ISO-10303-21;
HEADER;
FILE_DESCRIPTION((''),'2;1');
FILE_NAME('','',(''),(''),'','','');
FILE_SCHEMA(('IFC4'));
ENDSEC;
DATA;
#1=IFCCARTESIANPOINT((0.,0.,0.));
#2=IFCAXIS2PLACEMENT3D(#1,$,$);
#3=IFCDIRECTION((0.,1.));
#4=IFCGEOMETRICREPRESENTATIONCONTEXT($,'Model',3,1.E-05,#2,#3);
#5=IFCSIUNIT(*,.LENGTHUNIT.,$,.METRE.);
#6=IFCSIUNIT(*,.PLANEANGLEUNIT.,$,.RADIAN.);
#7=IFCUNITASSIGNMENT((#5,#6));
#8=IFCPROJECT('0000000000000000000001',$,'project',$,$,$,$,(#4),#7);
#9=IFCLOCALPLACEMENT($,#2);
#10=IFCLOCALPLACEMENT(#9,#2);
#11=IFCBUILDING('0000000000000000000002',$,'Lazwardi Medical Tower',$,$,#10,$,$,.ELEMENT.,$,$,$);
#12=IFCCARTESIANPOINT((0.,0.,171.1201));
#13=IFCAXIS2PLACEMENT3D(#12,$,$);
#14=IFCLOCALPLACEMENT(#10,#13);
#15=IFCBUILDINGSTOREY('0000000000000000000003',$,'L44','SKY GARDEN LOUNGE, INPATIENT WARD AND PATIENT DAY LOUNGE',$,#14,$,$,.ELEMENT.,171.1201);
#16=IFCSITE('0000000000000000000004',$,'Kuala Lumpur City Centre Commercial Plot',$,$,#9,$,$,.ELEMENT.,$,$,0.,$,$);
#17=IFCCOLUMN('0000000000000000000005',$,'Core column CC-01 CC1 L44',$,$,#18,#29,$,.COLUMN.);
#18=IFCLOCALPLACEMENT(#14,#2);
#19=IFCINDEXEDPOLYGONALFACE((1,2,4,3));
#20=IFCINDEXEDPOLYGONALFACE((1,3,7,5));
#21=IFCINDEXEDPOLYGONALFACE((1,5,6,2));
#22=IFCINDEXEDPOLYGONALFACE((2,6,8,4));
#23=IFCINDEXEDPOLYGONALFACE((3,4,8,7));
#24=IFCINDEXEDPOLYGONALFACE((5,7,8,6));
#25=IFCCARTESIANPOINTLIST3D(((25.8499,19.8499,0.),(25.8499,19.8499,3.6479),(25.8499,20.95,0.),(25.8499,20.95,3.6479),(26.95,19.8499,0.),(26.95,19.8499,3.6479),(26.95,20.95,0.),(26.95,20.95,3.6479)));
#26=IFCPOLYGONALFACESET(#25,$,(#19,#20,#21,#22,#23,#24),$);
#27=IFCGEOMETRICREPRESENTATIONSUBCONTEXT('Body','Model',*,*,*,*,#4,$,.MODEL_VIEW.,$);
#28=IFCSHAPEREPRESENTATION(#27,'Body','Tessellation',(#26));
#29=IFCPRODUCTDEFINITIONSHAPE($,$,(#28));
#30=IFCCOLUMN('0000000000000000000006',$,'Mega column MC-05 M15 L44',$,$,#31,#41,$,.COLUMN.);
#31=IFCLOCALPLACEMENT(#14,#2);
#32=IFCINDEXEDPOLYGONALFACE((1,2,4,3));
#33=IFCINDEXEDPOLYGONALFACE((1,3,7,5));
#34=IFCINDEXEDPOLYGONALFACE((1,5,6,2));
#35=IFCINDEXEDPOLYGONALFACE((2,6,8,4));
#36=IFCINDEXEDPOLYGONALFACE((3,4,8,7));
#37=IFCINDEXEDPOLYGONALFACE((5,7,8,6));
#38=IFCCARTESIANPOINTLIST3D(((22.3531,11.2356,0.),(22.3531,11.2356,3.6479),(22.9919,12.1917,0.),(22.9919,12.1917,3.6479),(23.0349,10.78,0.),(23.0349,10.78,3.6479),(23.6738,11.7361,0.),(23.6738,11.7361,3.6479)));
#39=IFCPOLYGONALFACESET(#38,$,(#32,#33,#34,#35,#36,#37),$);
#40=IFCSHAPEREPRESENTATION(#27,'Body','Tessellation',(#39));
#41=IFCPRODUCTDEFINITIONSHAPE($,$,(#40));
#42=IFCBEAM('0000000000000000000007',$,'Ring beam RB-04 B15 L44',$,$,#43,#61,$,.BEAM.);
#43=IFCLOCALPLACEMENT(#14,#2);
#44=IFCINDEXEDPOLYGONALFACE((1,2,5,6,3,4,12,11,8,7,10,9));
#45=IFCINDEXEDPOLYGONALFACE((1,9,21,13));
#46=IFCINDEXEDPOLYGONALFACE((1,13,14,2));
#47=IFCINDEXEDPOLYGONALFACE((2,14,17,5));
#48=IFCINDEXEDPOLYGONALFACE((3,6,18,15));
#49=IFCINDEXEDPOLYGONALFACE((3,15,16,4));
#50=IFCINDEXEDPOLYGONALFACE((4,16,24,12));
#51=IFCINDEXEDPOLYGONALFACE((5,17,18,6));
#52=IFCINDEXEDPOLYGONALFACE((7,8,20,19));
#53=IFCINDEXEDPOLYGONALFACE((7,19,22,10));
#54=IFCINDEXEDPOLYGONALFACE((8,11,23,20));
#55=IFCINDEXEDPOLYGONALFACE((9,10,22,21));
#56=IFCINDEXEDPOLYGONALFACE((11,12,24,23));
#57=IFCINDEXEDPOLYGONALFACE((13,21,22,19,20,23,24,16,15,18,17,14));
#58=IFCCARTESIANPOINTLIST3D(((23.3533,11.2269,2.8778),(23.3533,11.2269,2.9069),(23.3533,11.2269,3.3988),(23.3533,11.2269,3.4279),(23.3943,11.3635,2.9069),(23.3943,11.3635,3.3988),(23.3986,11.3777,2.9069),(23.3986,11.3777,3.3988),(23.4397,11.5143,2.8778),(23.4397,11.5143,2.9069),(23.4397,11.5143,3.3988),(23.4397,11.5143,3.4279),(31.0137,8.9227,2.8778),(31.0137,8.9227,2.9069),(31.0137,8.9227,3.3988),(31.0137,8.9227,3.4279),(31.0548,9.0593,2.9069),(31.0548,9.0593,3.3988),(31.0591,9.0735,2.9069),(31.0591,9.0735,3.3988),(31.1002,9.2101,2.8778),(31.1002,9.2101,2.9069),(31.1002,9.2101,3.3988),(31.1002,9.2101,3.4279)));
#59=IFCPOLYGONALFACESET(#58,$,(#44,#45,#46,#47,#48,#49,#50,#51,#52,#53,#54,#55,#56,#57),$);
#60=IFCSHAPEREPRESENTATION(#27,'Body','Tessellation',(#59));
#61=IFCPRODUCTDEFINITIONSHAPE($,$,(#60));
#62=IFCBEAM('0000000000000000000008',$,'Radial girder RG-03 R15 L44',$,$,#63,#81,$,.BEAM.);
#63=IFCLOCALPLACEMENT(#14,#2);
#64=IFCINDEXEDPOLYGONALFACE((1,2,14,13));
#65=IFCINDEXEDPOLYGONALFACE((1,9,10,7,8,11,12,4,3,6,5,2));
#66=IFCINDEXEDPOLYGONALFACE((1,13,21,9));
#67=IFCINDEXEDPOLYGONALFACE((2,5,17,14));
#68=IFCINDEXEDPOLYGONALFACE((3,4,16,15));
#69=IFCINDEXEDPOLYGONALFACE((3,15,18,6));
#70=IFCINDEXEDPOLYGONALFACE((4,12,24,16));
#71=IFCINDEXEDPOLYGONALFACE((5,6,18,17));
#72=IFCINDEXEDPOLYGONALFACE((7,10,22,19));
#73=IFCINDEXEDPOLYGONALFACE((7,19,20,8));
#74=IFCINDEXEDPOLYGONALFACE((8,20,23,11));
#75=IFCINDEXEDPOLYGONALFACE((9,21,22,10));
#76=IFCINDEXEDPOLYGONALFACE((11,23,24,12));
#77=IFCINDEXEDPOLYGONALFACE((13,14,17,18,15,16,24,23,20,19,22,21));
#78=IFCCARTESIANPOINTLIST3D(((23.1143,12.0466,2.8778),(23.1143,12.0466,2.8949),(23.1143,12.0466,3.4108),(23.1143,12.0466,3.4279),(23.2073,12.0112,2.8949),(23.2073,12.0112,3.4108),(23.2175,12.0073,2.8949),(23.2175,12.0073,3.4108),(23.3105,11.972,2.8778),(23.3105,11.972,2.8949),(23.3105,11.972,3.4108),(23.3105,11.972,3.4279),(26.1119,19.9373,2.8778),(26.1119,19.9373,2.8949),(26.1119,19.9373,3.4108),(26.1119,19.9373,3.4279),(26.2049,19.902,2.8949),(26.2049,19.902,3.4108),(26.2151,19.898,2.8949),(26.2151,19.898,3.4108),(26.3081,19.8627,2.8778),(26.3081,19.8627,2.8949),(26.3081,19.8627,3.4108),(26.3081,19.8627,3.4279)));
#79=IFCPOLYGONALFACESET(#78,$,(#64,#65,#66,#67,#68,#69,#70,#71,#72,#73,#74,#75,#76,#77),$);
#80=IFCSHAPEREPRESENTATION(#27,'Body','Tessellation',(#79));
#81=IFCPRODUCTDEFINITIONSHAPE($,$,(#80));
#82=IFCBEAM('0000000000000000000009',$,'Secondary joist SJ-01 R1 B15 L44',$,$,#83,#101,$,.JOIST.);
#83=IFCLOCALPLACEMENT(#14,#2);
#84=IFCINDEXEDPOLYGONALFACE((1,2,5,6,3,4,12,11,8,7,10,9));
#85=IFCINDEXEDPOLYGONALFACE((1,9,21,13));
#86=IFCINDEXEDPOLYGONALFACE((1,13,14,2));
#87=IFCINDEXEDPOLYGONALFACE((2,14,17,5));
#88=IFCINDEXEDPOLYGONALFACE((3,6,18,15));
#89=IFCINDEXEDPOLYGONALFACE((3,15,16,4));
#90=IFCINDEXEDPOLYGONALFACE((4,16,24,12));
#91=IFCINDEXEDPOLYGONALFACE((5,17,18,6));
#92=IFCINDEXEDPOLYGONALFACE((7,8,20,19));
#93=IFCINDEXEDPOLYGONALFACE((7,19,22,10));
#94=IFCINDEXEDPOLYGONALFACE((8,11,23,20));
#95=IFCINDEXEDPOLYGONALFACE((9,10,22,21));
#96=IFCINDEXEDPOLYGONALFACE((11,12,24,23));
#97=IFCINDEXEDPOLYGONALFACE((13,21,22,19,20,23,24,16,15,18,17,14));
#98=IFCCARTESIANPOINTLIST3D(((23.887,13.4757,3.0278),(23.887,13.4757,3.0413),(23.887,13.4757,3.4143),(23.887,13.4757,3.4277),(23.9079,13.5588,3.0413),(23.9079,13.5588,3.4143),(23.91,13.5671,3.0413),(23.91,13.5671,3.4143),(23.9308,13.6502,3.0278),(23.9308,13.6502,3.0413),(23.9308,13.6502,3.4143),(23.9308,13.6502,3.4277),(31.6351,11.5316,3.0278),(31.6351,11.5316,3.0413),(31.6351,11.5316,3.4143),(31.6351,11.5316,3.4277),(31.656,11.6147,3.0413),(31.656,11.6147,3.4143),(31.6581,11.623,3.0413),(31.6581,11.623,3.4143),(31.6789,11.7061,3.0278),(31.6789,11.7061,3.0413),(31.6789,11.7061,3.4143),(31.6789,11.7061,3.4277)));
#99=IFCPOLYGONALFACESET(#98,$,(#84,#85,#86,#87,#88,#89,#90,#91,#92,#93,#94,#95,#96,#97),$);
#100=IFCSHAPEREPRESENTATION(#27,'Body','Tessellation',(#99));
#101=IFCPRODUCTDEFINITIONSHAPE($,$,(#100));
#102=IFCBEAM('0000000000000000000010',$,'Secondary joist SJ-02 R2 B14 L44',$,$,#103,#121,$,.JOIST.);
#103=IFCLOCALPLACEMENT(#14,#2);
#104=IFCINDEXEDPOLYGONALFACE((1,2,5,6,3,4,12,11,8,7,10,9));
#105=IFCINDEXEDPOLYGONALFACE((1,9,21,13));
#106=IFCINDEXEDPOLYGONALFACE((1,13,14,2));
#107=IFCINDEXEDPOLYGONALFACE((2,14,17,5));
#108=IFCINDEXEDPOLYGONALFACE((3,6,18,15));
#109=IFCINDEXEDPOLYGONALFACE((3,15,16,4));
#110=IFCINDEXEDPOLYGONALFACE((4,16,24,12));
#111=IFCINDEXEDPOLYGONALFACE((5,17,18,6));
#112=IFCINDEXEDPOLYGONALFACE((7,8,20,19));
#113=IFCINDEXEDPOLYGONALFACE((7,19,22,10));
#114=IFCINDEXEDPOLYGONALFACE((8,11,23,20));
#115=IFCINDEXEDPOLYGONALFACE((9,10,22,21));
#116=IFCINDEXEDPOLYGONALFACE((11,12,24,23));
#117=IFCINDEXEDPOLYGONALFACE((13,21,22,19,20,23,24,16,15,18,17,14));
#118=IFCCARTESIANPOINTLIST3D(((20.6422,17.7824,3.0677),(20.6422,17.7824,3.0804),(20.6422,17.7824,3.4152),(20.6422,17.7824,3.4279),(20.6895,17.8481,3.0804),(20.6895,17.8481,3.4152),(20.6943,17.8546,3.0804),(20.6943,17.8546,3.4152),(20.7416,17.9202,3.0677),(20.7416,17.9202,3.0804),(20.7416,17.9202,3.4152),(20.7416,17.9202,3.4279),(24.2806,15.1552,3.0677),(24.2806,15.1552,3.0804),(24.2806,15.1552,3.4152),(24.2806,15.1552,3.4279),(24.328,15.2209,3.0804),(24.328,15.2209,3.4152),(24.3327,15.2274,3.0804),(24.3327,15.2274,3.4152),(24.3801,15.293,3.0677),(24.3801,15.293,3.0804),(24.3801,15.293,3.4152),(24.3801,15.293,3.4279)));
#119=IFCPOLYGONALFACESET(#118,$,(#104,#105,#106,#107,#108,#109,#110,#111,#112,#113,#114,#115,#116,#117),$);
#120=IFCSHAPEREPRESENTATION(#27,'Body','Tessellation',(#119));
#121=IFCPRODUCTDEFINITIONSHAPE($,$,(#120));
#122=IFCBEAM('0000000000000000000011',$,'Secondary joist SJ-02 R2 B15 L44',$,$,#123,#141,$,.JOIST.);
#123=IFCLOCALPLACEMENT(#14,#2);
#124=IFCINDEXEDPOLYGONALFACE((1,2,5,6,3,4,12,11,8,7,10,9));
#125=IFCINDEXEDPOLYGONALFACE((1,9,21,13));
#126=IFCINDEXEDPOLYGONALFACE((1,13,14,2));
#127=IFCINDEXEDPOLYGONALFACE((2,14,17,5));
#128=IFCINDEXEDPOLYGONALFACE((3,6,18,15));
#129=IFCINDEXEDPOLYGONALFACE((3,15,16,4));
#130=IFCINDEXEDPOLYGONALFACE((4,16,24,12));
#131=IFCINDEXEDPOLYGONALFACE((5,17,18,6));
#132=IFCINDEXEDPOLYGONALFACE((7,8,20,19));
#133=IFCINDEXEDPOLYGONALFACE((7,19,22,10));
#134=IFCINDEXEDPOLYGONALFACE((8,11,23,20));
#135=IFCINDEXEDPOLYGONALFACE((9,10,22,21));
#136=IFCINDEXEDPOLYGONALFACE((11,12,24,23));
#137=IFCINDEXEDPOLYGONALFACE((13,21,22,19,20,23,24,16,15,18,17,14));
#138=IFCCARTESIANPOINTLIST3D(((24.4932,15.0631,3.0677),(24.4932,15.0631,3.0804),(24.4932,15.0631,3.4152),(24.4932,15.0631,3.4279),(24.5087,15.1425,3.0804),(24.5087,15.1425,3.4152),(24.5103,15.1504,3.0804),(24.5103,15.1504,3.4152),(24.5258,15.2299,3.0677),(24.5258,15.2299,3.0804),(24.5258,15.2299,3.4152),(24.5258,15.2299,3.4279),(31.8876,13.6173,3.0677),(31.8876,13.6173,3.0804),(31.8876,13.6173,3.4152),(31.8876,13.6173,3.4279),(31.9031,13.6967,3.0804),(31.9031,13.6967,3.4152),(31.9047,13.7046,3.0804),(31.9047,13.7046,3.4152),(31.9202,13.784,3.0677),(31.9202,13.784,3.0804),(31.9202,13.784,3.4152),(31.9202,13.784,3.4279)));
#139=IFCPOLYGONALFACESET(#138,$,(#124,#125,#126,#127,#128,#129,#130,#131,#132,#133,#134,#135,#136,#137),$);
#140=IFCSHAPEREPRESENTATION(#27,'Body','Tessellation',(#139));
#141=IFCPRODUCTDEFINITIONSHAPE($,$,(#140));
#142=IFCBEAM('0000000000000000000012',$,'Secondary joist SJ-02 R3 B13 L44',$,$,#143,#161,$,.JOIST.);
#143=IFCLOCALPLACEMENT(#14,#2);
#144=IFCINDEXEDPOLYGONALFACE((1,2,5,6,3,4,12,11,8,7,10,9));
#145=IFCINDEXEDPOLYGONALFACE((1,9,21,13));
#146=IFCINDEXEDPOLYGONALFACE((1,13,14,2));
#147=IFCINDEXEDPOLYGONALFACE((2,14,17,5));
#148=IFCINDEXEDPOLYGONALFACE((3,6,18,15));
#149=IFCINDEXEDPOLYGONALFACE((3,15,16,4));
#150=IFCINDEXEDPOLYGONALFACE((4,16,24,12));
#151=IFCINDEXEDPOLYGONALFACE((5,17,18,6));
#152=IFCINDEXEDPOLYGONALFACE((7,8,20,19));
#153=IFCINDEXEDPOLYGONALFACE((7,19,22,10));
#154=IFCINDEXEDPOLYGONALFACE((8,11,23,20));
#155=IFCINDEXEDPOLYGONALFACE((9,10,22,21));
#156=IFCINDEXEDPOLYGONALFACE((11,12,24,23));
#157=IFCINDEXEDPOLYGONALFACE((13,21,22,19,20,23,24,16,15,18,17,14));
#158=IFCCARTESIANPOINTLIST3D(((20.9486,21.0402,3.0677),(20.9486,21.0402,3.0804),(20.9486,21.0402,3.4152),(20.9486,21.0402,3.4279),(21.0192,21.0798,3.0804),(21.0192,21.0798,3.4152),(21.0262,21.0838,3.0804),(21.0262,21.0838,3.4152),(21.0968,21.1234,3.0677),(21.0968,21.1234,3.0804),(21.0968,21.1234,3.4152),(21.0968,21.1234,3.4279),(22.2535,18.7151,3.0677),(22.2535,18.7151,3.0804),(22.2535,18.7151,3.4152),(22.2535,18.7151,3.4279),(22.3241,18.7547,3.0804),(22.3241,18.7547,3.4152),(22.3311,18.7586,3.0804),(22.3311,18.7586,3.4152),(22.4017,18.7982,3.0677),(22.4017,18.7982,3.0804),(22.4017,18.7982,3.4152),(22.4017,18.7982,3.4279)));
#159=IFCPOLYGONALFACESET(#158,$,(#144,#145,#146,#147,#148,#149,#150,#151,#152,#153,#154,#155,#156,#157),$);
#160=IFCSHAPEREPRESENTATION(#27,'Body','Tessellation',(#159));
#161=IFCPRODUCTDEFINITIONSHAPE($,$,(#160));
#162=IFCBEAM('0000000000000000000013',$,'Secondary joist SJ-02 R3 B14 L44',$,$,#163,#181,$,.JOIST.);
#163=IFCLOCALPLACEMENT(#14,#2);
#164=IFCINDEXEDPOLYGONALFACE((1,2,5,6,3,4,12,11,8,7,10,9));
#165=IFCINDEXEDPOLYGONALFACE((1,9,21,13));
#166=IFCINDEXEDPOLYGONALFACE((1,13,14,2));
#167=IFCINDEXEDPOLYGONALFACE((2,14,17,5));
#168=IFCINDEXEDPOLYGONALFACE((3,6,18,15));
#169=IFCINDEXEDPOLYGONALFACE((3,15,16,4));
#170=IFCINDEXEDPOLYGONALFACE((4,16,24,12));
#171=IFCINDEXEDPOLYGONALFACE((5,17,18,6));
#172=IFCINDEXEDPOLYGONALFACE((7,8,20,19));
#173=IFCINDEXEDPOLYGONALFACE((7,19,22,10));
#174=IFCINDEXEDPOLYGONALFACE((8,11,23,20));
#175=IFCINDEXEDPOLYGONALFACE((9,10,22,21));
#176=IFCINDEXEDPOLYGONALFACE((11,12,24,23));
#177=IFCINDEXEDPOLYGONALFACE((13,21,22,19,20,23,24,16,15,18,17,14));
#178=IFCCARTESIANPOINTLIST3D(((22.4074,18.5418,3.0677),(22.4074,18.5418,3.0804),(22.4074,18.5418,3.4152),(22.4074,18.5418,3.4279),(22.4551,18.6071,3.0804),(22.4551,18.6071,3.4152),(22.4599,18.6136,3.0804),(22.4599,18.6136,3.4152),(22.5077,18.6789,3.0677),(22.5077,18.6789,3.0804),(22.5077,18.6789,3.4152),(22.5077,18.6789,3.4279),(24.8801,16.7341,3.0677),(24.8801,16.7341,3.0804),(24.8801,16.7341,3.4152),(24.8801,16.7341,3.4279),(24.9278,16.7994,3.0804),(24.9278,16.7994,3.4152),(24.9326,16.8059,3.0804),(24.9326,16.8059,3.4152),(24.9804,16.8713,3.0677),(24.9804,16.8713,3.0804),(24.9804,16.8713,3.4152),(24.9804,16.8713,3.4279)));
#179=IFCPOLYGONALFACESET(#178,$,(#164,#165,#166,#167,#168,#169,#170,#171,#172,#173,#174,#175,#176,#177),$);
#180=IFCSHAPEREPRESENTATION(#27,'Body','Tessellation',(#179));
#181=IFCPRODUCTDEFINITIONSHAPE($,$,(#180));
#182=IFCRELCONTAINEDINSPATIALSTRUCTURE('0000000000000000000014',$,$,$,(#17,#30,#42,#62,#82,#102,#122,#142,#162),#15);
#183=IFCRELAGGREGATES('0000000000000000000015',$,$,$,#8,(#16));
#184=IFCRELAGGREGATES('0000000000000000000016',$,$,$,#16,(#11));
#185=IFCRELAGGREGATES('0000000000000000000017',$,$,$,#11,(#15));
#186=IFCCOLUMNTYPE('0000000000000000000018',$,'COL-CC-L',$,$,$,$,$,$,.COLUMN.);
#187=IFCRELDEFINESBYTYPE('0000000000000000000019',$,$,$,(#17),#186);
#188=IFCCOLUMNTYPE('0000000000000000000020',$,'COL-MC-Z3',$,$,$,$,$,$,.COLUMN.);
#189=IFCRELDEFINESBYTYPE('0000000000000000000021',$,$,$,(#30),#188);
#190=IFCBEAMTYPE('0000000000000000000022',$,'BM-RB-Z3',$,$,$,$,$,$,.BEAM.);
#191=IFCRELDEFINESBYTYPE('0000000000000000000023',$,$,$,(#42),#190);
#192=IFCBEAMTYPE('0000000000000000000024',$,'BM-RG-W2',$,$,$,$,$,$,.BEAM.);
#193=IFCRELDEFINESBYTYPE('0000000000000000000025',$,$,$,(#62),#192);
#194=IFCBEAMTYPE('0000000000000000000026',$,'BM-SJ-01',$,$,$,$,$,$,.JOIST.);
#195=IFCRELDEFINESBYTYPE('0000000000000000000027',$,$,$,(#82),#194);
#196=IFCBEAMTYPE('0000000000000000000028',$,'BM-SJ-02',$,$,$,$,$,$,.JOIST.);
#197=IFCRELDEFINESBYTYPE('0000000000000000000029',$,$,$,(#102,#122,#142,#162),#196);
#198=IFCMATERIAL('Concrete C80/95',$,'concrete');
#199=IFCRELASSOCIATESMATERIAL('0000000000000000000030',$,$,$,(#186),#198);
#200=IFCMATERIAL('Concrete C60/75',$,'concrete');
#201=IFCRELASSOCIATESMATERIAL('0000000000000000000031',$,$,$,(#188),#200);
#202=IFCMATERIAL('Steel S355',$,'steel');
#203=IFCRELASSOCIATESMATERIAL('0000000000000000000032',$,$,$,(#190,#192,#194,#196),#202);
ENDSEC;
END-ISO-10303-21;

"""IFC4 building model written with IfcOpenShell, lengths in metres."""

from ifc_helpers import new_model, si_unit, direction, frame, origin, origin_2d, place, context, subcontext, project, spatial, rectangle, i_section, extrude, material, material_profile, profile_set, type_object, element, save


model = new_model("IFC4")

# Units and contexts
model_context = context("Model", 3, precision=1e-05, world=origin(), true_north=direction((0.0, 1.0)))
body_context = subcontext(model_context, "Body", "Model", "MODEL_VIEW")
ifc_project = project(units=[si_unit("LENGTHUNIT", "METRE"), si_unit("PLANEANGLEUNIT", "RADIAN")], contexts=[model_context])

# Site, building, storey
site_placement = place(None, origin())
site = spatial("IfcSite", under=ifc_project, at=site_placement, Name="Kuala Lumpur City Centre Commercial Plot", CompositionType="ELEMENT", RefElevation=0.0)
building_placement = place(site_placement, origin())
building = spatial("IfcBuilding", under=site, at=building_placement, Name="Lazwardi Medical Tower", CompositionType="ELEMENT")
storey_placement = place(building_placement, frame((0.0, 0.0, 171.1201)))
storey = spatial("IfcBuildingStorey", under=building, at=storey_placement, Name="L44", Description="SKY GARDEN LOUNGE, INPATIENT WARD AND PATIENT DAY LOUNGE", CompositionType="ELEMENT", Elevation=171.1201)

# Columns
ifc_material_1 = material(Name="Concrete C80/95", Category="concrete")
ifc_material_profile_1 = material_profile(ifc_material_1, rectangle(XDim=1.1001, YDim=1.1001, at=origin_2d()), Name="RC 1100x1100")
ifc_profile_set_1 = profile_set([ifc_material_profile_1], Name="Concrete C80/95")
column_type_1 = type_object("IfcColumnType", Name="COL-CC-L", PredefinedType="COLUMN", material=ifc_profile_set_1)
column_1_placement = place(storey_placement, frame((26.3999, 20.3999, 0.0), z_axis=(0.0, 0.0, 1.0), x_axis=(1.0, 0.0, 0.0)))
element("IfcColumn", 1, at=column_1_placement, inside=storey, type_object=column_type_1, Name="Core column CC-01 CC1 L44", PredefinedType="COLUMN", context=body_context, shape_type="SweptSolid", body=[
    extrude(rectangle(XDim=1.1001, YDim=1.1001, at=origin_2d()), origin(), (0.0, 0.0, 1.0), 3.6479),
])
ifc_material_2 = material(Name="Concrete C60/75", Category="concrete")
ifc_material_profile_2 = material_profile(ifc_material_2, rectangle(XDim=1.1499, YDim=0.8201, at=origin_2d()), Name="CFT-RECT 1150x820")
ifc_profile_set_2 = profile_set([ifc_material_profile_2], Name="Concrete C60/75")
column_type_2 = type_object("IfcColumnType", Name="COL-MC-Z3", PredefinedType="COLUMN", material=ifc_profile_set_2)
column_2_placement = place(storey_placement, frame((23.0134, 11.4858, 0.0), z_axis=(0.0, 0.0, 1.0), x_axis=(-0.55557, -0.83147, 0.0)))
element("IfcColumn", 2, at=column_2_placement, inside=storey, type_object=column_type_2, Name="Mega column MC-05 M15 L44", PredefinedType="COLUMN", context=body_context, shape_type="SweptSolid", body=[
    extrude(rectangle(XDim=1.1499, YDim=0.8201, at=origin_2d()), origin(), (0.0, 0.0, 1.0), 3.6479),
])

# Beams
ifc_material_3 = material(Name="Steel S355", Category="steel")
ifc_material_profile_3 = material_profile(ifc_material_3, i_section(OverallWidth=0.3, OverallDepth=0.55, WebThickness=0.0149, FlangeThickness=0.0291, at=origin_2d()), Name="HEB 550")
ifc_profile_set_3 = profile_set([ifc_material_profile_3], Name="Steel S355")
beam_type_1 = type_object("IfcBeamType", Name="BM-RB-Z3", PredefinedType="BEAM", material=ifc_profile_set_3)
beam_1_placement = place(storey_placement, frame((23.3965, 11.3706, 3.1528), z_axis=(0.957617, -0.288045, 0.0), x_axis=(0.288045, 0.957617, 0.0)))
element("IfcBeam", 3, at=beam_1_placement, inside=storey, type_object=beam_type_1, Name="Ring beam RB-04 B15 L44", PredefinedType="BEAM", context=body_context, shape_type="SweptSolid", body=[
    extrude(i_section(OverallWidth=0.3, OverallDepth=0.55, WebThickness=0.0149, FlangeThickness=0.0291, at=origin_2d()), origin(), (0.0, 0.0, 1.0), 7.9995),
])
ifc_material_profile_4 = material_profile(ifc_material_3, i_section(OverallWidth=0.21, OverallDepth=0.55, WebThickness=0.011, FlangeThickness=0.0171, at=origin_2d()), Name="IPE 550")
ifc_profile_set_4 = profile_set([ifc_material_profile_4], Name="Steel S355")
beam_type_2 = type_object("IfcBeamType", Name="BM-RG-W2", PredefinedType="BEAM", material=ifc_profile_set_4)
beam_2_placement = place(storey_placement, frame((23.2124, 12.0093, 3.1528), z_axis=(0.355127, 0.934818, 0.0), x_axis=(-0.934818, 0.355127, 0.0)))
element("IfcBeam", 4, at=beam_2_placement, inside=storey, type_object=beam_type_2, Name="Radial girder RG-03 R15 L44", PredefinedType="BEAM", context=body_context, shape_type="SweptSolid", body=[
    extrude(i_section(OverallWidth=0.21, OverallDepth=0.55, WebThickness=0.011, FlangeThickness=0.0171, at=origin_2d()), origin(), (0.0, 0.0, 1.0), 8.4409),
])
ifc_material_profile_5 = material_profile(ifc_material_3, i_section(OverallWidth=0.1799, OverallDepth=0.3999, WebThickness=0.0085, FlangeThickness=0.0134, at=origin_2d()), Name="IPE 400")
ifc_profile_set_5 = profile_set([ifc_material_profile_5], Name="Steel S355")
beam_type_3 = type_object("IfcBeamType", Name="BM-SJ-01", PredefinedType="JOIST", material=ifc_profile_set_5)
beam_3_placement = place(storey_placement, frame((23.9089, 13.563, 3.2278), z_axis=(0.969934, -0.24337, 0.0), x_axis=(0.24337, 0.969934, 0.0)))
element("IfcBeam", 5, at=beam_3_placement, inside=storey, type_object=beam_type_3, Name="Secondary joist SJ-01 R1 B15 L44", PredefinedType="JOIST", context=body_context, shape_type="SweptSolid", body=[
    extrude(i_section(OverallWidth=0.1799, OverallDepth=0.3999, WebThickness=0.0085, FlangeThickness=0.0134, at=origin_2d()), origin(), (0.0, 0.0, 1.0), 7.9883),
])
ifc_material_profile_6 = material_profile(ifc_material_3, i_section(OverallWidth=0.1699, OverallDepth=0.3601, WebThickness=0.0081, FlangeThickness=0.0127, at=origin_2d()), Name="IPE 360")
ifc_profile_set_6 = profile_set([ifc_material_profile_6], Name="Steel S355")
beam_type_4 = type_object("IfcBeamType", Name="BM-SJ-02", PredefinedType="JOIST", material=ifc_profile_set_6)
beam_4_placement = place(storey_placement, frame((20.6919, 17.8513, 3.2478), z_axis=(0.810738, -0.585409, 0.0), x_axis=(0.585409, 0.810738, 0.0)))
element("IfcBeam", 6, at=beam_4_placement, inside=storey, type_object=beam_type_4, Name="Secondary joist SJ-02 R2 B14 L44", PredefinedType="JOIST", context=body_context, shape_type="SweptSolid", body=[
    extrude(i_section(OverallWidth=0.1699, OverallDepth=0.3601, WebThickness=0.0081, FlangeThickness=0.0127, at=origin_2d()), origin(), (0.0, 0.0, 1.0), 4.4878),
])
beam_5_placement = place(storey_placement, frame((24.5095, 15.1465, 3.2478), z_axis=(0.981415, -0.191896, 0.0), x_axis=(0.191896, 0.981415, 0.0)))
element("IfcBeam", 7, at=beam_5_placement, inside=storey, type_object=beam_type_4, Name="Secondary joist SJ-02 R2 B15 L44", PredefinedType="JOIST", context=body_context, shape_type="SweptSolid", body=[
    extrude(i_section(OverallWidth=0.1699, OverallDepth=0.3601, WebThickness=0.0081, FlangeThickness=0.0127, at=origin_2d()), origin(), (0.0, 0.0, 1.0), 7.5344),
])
beam_6_placement = place(storey_placement, frame((21.0227, 21.0818, 3.2478), z_axis=(0.489409, -0.872054, 0.0), x_axis=(0.872054, 0.489409, 0.0)))
element("IfcBeam", 8, at=beam_6_placement, inside=storey, type_object=beam_type_4, Name="Secondary joist SJ-02 R3 B13 L44", PredefinedType="JOIST", context=body_context, shape_type="SweptSolid", body=[
    extrude(i_section(OverallWidth=0.1699, OverallDepth=0.3601, WebThickness=0.0081, FlangeThickness=0.0127, at=origin_2d()), origin(), (0.0, 0.0, 1.0), 2.6663),
])
beam_7_placement = place(storey_placement, frame((22.4575, 18.6104, 3.2478), z_axis=(0.807286, -0.59016, 0.0), x_axis=(0.59016, 0.807286, 0.0)))
element("IfcBeam", 9, at=beam_7_placement, inside=storey, type_object=beam_type_4, Name="Secondary joist SJ-02 R3 B14 L44", PredefinedType="JOIST", context=body_context, shape_type="SweptSolid", body=[
    extrude(i_section(OverallWidth=0.1699, OverallDepth=0.3601, WebThickness=0.0081, FlangeThickness=0.0127, at=origin_2d()), origin(), (0.0, 0.0, 1.0), 3.063),
])

save(model, "model.ifc")
